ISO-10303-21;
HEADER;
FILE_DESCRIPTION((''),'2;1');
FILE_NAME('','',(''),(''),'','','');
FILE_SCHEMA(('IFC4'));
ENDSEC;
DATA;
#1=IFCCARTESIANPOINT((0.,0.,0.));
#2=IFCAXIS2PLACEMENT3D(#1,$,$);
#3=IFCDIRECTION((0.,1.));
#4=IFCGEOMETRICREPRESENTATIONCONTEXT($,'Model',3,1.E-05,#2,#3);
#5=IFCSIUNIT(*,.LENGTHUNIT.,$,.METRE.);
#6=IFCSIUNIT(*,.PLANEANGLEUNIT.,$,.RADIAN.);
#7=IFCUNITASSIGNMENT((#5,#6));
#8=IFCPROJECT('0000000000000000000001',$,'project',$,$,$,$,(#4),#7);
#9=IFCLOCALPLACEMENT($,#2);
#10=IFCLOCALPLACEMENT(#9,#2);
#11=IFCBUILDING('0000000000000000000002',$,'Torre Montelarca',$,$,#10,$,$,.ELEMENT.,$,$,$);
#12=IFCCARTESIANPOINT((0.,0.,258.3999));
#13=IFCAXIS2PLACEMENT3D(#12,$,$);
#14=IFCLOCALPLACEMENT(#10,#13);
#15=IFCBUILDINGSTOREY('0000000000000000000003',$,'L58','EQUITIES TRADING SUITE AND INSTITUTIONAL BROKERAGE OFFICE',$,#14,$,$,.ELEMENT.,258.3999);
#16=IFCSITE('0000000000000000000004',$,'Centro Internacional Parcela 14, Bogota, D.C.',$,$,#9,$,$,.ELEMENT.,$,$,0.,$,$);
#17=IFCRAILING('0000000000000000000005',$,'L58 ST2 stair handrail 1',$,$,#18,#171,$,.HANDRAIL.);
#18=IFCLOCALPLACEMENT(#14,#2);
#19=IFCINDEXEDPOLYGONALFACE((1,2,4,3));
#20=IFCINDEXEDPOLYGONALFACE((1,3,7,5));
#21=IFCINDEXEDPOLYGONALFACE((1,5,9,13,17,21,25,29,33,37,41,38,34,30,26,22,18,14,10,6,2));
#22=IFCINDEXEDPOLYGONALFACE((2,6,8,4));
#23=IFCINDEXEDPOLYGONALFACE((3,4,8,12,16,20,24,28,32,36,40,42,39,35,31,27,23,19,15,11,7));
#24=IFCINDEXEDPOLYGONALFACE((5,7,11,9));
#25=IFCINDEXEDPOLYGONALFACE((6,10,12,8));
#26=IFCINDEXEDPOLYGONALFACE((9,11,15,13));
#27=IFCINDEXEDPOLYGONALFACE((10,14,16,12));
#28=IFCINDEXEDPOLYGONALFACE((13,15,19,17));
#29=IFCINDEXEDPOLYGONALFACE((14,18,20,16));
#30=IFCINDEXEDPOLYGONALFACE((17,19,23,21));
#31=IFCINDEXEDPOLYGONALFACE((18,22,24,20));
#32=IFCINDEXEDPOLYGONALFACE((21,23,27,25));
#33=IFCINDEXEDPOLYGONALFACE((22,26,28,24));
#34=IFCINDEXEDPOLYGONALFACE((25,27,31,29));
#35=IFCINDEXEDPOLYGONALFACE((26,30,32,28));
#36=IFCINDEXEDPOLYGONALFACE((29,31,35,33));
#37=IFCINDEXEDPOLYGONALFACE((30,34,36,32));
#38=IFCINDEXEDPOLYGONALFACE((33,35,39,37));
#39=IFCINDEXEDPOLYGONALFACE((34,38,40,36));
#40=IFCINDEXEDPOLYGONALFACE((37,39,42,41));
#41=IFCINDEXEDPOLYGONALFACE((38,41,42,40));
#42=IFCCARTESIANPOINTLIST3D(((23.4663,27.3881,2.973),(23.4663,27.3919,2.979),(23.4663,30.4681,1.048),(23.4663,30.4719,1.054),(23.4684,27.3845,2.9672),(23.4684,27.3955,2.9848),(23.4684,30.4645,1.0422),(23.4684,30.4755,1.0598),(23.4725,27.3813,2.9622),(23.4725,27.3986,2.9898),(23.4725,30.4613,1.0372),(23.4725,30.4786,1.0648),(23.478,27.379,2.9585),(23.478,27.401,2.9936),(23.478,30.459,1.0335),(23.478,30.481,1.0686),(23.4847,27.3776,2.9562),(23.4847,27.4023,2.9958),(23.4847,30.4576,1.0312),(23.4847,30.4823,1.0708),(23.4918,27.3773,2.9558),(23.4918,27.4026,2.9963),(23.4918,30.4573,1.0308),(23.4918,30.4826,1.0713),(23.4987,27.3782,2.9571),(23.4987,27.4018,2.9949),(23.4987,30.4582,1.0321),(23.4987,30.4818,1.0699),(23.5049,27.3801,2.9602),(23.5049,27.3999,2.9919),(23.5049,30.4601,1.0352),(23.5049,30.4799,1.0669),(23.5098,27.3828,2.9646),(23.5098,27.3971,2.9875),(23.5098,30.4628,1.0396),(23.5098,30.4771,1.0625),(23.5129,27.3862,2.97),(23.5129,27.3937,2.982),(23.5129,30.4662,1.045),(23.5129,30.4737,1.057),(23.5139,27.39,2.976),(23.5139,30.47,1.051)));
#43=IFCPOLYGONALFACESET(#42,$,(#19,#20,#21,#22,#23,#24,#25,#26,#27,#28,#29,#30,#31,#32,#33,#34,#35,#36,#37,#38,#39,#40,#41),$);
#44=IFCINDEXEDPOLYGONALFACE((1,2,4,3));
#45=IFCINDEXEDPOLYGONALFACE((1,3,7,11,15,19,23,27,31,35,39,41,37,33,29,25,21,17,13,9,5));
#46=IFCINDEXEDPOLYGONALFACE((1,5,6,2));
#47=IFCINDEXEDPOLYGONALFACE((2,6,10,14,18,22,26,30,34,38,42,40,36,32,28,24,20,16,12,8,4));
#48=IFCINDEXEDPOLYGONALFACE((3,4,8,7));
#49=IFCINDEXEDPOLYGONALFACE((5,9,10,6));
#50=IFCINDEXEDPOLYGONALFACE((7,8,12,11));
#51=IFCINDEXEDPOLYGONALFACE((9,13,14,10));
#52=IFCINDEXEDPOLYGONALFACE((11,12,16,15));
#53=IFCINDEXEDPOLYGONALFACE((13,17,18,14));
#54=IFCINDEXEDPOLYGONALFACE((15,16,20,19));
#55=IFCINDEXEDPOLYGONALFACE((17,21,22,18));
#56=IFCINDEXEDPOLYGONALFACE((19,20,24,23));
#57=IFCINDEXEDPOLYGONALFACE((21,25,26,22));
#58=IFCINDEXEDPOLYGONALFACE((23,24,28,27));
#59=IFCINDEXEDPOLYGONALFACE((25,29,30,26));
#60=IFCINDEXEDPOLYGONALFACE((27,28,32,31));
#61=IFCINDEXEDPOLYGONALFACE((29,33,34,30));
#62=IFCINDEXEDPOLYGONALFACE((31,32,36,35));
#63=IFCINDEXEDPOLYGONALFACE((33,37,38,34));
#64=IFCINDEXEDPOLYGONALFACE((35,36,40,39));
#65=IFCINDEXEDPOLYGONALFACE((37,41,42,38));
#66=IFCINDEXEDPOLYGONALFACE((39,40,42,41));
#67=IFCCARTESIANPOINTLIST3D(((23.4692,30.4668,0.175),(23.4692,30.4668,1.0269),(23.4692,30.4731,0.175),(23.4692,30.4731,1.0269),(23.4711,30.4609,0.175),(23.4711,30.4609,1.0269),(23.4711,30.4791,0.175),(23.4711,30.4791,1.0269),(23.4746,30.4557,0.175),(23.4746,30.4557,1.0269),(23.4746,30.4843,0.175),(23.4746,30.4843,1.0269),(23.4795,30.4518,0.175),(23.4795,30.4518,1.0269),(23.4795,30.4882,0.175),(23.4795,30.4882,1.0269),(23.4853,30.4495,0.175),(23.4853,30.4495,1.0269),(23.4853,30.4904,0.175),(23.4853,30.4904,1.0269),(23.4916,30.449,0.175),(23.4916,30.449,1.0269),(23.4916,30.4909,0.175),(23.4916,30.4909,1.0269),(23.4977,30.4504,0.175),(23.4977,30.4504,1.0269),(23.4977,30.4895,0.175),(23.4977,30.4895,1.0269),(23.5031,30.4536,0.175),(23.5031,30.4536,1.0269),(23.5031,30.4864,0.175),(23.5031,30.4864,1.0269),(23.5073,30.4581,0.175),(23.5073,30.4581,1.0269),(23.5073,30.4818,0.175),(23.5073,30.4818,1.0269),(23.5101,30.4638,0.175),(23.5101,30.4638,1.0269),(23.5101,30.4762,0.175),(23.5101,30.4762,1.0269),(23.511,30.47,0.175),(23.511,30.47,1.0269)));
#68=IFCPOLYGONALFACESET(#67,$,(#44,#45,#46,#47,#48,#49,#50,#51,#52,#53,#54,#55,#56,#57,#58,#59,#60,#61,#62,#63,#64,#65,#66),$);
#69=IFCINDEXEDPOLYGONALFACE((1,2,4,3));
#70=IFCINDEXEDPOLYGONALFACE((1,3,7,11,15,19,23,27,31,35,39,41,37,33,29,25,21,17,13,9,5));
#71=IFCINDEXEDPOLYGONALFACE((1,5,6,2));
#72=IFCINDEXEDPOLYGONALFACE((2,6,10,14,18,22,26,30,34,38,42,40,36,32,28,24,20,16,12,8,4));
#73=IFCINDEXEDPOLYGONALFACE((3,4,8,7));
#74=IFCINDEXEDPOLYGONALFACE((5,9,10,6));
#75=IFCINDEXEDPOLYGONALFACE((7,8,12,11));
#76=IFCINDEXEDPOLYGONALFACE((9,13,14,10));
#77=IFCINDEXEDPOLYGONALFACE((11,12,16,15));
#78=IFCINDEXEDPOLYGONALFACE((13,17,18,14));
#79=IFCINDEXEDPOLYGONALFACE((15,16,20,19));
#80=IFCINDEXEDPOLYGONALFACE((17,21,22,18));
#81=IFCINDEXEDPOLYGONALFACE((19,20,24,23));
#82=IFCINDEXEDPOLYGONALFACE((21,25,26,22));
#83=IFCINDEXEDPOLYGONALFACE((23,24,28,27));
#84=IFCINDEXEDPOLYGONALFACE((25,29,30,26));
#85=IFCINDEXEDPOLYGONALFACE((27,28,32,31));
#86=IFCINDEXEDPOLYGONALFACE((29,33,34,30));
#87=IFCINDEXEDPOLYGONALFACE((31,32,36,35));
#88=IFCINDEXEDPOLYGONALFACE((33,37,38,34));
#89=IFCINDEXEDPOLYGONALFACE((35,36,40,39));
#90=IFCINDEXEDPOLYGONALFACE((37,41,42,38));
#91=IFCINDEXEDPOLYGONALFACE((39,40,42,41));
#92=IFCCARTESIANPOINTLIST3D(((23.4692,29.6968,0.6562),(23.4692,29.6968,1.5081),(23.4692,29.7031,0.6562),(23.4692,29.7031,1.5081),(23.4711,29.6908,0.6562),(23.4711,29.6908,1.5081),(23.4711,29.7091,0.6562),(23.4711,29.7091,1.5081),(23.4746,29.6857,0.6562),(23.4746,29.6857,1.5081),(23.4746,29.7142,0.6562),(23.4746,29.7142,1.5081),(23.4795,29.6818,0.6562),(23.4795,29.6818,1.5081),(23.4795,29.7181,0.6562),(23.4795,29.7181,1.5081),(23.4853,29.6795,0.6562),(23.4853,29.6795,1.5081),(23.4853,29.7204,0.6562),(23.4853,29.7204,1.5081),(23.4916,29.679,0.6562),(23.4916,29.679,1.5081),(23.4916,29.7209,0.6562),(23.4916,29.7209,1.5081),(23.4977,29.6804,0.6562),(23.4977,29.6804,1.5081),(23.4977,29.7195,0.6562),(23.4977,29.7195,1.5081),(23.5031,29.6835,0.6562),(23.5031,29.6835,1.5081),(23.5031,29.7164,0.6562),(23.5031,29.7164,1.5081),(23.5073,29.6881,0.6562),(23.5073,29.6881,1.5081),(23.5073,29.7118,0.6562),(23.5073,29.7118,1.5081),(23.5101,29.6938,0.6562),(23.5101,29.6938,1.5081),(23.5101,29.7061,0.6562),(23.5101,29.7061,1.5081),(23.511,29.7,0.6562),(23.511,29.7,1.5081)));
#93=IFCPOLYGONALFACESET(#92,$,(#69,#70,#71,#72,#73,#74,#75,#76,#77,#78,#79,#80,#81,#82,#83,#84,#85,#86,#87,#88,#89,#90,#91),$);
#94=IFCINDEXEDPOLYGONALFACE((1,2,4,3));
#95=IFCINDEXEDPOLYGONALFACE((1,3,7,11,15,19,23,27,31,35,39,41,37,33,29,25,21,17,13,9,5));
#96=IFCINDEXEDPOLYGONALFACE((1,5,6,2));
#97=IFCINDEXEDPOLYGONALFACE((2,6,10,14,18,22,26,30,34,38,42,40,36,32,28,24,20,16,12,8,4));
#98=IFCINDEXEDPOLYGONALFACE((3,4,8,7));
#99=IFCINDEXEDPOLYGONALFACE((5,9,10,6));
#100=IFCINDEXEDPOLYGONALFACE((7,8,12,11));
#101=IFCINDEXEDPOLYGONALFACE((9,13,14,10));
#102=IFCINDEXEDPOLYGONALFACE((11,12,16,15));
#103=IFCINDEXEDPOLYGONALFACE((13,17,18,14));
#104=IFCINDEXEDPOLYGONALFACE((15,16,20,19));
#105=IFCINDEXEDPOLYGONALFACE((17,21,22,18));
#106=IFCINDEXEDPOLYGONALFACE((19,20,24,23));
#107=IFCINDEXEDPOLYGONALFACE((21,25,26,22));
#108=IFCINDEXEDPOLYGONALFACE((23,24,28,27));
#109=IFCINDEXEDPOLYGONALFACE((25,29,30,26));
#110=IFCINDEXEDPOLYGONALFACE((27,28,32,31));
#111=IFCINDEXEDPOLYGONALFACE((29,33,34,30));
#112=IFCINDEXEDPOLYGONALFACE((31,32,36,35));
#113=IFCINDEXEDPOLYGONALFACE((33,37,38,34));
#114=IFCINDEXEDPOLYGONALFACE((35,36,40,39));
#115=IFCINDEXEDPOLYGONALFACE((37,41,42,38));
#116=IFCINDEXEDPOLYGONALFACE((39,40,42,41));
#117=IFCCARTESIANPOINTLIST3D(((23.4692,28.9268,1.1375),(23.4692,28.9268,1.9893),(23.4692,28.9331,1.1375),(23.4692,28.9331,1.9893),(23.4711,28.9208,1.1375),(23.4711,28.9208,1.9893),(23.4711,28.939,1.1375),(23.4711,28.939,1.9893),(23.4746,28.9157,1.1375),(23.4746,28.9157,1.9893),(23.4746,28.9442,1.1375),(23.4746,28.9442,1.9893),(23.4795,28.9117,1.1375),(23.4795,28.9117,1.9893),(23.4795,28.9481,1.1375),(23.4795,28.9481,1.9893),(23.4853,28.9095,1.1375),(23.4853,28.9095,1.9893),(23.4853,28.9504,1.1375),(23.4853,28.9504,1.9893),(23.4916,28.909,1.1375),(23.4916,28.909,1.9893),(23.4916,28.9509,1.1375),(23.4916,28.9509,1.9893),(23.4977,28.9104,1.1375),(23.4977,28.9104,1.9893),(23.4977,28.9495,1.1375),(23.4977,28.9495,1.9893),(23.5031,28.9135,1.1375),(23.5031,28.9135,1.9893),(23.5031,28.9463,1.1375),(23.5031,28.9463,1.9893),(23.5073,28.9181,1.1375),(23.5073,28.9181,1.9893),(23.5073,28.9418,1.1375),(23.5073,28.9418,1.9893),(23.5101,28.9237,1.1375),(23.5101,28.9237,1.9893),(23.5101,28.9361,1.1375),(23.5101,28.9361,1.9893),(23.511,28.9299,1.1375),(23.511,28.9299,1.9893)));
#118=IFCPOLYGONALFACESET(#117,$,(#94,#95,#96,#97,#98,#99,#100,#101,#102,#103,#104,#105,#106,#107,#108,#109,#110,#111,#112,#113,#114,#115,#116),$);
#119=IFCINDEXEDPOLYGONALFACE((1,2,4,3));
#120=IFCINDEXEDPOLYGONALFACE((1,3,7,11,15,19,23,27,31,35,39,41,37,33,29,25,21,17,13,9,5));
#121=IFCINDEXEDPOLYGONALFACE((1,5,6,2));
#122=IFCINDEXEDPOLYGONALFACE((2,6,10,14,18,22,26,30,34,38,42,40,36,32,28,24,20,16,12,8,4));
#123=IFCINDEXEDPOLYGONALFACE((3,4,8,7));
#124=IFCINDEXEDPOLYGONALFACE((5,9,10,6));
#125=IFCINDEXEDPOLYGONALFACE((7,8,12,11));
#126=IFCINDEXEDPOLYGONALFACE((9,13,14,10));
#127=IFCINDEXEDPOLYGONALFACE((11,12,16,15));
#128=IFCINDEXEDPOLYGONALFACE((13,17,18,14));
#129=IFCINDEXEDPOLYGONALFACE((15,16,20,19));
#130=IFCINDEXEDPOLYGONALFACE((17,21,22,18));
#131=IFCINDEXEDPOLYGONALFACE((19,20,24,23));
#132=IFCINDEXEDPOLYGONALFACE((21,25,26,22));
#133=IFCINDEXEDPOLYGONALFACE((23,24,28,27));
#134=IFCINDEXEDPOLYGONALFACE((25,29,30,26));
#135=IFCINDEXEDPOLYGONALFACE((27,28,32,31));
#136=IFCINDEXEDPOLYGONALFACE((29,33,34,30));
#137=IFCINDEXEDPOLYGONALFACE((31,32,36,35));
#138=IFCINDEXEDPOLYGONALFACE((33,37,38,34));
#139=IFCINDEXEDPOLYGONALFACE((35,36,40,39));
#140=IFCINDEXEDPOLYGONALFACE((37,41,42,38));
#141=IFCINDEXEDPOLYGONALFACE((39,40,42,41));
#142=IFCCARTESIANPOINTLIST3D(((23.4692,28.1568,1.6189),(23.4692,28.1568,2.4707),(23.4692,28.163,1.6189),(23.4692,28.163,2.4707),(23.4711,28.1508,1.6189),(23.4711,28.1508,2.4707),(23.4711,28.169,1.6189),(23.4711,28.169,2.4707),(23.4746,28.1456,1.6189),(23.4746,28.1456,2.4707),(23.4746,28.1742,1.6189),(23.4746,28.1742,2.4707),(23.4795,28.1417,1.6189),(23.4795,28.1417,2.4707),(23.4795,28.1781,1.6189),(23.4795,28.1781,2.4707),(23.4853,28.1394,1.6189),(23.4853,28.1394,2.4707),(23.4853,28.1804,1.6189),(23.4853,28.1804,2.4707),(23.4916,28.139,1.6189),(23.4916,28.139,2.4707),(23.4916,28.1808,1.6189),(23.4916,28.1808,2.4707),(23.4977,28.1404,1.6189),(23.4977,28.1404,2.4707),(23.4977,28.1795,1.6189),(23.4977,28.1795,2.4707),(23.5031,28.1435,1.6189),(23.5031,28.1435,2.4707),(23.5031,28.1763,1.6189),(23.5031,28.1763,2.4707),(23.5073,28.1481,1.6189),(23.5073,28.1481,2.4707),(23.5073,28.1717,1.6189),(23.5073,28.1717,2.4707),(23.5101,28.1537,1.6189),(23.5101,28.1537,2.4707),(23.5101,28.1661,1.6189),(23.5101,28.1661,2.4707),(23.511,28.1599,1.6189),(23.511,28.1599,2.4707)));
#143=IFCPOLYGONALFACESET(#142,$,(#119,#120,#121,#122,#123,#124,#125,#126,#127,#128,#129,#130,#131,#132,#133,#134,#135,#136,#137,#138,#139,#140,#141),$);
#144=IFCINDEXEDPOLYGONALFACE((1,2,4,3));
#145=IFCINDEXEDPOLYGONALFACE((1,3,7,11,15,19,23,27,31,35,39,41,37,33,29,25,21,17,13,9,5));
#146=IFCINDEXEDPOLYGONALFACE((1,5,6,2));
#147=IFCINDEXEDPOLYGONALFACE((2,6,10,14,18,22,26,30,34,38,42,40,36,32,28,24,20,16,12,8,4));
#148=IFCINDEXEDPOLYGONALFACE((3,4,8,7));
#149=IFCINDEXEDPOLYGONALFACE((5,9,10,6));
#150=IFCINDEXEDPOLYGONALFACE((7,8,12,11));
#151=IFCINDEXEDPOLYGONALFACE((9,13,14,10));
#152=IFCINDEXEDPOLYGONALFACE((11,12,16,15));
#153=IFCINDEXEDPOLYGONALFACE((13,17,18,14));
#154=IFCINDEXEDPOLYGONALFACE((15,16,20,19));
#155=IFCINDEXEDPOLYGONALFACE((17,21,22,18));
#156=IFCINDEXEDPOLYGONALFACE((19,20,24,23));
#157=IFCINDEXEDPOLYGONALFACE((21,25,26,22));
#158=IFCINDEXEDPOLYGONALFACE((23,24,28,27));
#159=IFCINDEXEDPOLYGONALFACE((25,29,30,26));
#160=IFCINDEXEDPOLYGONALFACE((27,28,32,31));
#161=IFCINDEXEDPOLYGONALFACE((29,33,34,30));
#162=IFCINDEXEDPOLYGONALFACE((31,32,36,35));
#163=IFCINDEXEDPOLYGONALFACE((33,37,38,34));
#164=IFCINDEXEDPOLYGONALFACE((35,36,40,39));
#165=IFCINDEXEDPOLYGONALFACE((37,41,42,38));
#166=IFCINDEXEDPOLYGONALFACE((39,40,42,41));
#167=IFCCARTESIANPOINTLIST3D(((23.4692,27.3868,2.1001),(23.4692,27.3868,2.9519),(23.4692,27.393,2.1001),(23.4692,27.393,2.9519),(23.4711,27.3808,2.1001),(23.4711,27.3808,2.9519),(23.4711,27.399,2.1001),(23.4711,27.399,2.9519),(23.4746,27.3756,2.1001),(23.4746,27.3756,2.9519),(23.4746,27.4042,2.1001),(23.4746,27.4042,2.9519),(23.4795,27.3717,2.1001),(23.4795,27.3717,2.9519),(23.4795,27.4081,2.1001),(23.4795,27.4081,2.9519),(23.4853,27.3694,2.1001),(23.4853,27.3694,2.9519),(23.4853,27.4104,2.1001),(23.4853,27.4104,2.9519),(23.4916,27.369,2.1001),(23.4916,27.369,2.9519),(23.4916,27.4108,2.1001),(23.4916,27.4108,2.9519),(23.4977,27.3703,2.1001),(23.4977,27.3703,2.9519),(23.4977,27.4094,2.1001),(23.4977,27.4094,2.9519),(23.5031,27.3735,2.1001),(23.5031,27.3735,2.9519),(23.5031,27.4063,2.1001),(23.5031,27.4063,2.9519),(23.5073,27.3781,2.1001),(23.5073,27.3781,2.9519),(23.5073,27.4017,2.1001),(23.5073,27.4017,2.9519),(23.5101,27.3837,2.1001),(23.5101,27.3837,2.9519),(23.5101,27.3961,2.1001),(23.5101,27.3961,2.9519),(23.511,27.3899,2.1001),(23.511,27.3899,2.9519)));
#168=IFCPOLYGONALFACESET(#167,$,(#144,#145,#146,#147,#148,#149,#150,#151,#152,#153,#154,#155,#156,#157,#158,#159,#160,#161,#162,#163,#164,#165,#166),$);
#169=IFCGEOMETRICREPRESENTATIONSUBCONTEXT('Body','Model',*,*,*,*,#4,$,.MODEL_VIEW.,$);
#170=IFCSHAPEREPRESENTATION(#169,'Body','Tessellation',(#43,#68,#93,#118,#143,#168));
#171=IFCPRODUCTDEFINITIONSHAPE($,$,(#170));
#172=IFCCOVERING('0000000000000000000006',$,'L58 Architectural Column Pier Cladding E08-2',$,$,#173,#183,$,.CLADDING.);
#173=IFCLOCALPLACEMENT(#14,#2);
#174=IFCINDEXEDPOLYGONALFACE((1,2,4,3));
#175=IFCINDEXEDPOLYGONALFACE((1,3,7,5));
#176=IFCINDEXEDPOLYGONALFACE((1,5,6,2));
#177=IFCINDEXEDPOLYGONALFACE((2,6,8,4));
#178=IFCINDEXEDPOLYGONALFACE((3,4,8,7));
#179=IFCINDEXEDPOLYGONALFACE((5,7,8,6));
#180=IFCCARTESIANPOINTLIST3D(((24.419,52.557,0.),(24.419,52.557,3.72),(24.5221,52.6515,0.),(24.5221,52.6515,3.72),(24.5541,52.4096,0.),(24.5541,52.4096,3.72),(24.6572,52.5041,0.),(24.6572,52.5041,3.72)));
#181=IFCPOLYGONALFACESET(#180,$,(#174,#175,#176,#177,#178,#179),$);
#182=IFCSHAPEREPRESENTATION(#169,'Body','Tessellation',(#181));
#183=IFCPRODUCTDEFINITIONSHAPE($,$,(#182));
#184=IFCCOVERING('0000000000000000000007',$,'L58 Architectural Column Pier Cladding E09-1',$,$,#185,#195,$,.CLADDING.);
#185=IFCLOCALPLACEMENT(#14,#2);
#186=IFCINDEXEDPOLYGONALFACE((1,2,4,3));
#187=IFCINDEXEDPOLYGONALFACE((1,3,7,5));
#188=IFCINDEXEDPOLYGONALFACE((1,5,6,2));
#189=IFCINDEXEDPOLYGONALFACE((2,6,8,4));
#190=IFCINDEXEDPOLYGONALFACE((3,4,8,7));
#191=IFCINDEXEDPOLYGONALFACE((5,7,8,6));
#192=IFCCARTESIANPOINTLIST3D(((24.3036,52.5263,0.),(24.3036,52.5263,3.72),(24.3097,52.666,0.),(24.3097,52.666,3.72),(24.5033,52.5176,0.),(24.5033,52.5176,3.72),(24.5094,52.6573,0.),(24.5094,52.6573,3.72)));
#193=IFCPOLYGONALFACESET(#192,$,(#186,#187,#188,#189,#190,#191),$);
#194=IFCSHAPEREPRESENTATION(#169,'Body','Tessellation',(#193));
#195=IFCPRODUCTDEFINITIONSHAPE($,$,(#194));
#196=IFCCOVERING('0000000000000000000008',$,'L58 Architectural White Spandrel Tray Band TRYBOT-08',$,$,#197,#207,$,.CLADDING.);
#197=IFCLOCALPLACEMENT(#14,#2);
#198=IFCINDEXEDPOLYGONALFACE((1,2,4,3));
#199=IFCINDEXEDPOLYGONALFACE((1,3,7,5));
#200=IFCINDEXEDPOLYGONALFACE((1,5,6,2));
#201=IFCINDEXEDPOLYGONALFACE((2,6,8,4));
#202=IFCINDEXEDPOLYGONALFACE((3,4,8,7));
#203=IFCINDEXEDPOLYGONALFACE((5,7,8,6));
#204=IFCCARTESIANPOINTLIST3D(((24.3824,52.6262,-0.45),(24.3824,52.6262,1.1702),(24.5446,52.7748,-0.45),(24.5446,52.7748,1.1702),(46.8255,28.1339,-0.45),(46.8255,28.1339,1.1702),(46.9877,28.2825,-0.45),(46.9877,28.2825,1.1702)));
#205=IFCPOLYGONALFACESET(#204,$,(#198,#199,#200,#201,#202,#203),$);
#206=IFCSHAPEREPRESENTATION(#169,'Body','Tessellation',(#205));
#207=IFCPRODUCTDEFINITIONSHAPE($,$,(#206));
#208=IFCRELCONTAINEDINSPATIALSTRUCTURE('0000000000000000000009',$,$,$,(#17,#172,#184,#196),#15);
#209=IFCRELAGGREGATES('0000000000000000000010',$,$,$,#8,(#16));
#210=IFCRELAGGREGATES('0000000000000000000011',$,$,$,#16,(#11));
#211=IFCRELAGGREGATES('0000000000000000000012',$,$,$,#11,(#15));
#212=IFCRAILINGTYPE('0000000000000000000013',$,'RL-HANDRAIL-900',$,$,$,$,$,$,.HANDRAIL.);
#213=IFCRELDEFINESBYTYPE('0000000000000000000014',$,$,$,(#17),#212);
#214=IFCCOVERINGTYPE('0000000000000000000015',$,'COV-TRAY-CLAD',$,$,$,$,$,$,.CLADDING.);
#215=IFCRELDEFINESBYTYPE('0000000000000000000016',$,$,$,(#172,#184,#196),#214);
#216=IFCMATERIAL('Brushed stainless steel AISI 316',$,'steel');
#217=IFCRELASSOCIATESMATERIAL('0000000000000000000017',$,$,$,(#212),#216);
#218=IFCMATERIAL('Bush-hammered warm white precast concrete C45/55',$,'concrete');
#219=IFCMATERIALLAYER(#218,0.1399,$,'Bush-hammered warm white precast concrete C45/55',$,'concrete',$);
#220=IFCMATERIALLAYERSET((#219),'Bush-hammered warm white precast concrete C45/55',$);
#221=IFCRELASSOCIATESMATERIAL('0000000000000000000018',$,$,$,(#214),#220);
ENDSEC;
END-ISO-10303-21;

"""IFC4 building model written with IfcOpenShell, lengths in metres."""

from ifc_helpers import new_model, si_unit, direction, frame, origin, origin_2d, place, context, subcontext, project, spatial, rectangle, circle, extrude, source, transform, mapped, material, layer, layer_set, type_object, element, save


model = new_model("IFC4")

# Units and contexts
model_context = context("Model", 3, precision=1e-05, world=origin(), true_north=direction((0.0, 1.0)))
body_context = subcontext(model_context, "Body", "Model", "MODEL_VIEW")
ifc_project = project(units=[si_unit("LENGTHUNIT", "METRE"), si_unit("PLANEANGLEUNIT", "RADIAN")], contexts=[model_context])

# Site, building, storey
site_placement = place(None, origin())
site = spatial("IfcSite", under=ifc_project, at=site_placement, Name="Centro Internacional Parcela 14, Bogota, D.C.", CompositionType="ELEMENT", RefElevation=0.0)
building_placement = place(site_placement, origin())
building = spatial("IfcBuilding", under=site, at=building_placement, Name="Torre Montelarca", CompositionType="ELEMENT")
storey_placement = place(building_placement, frame((0.0, 0.0, 258.3999)))
storey = spatial("IfcBuildingStorey", under=building, at=storey_placement, Name="L58", Description="EQUITIES TRADING SUITE AND INSTITUTIONAL BROKERAGE OFFICE", CompositionType="ELEMENT", Elevation=258.3999)

# Railing
ifc_material_1 = material(Name="Brushed stainless steel AISI 316", Category="steel")
railing_type_1 = type_object("IfcRailingType", Name="RL-HANDRAIL-900", PredefinedType="HANDRAIL", material=ifc_material_1)
railing_1_placement = place(storey_placement, frame((23.49, 30.47, 0.175)))
element("IfcRailing", 1, at=railing_1_placement, inside=storey, type_object=railing_type_1, Name="L58 ST2 stair handrail 1", PredefinedType="HANDRAIL", context=body_context, shape_type="SweptSolid", body=[
    extrude(circle(Radius=0.0239, at=origin_2d()), frame((0.0, 0.0, 0.876), z_axis=(0.0, -0.847998, 0.529999), x_axis=(1.0, 0.0, 0.0)), (0.0, 0.0, 1.0), 3.6321),
    extrude(circle(Radius=0.021, at=origin_2d()), origin(), (0.0, 0.0, 1.0), 0.8518),
    extrude(circle(Radius=0.021, at=origin_2d()), frame((0.0, -0.77, 0.4812)), (0.0, 0.0, 1.0), 0.8518),
    extrude(circle(Radius=0.021, at=origin_2d()), frame((0.0, -1.54, 0.9624)), (0.0, 0.0, 1.0), 0.8518),
    extrude(circle(Radius=0.021, at=origin_2d()), frame((0.0, -2.3101, 1.4438)), (0.0, 0.0, 1.0), 0.8518),
    extrude(circle(Radius=0.021, at=origin_2d()), frame((0.0, -3.0801, 1.925)), (0.0, 0.0, 1.0), 0.8518),
])

# Coverings
ifc_material_2 = material(Name="Bush-hammered warm white precast concrete C45/55", Category="concrete")
ifc_layer_1 = layer(ifc_material_2, 0.1399, Name="Bush-hammered warm white precast concrete C45/55", Category="concrete")
ifc_layer_set_1 = layer_set([ifc_layer_1], Name="Bush-hammered warm white precast concrete C45/55")
covering_type = type_object("IfcCoveringType", Name="COV-TRAY-CLAD", PredefinedType="CLADDING", material=ifc_layer_set_1)
shared_shape_1 = source(origin(), body_context, "Body", "SweptSolid", [
    extrude(rectangle(XDim=0.2, YDim=0.1399, at=origin_2d()), origin(), (0.0, 0.0, 1.0), 3.72),
])
for number, where, z_axis, x_axis, name in (
    (2, (24.5381, 52.5305, 0.0), (0.0, 0.0, 1.0), (-0.675589, 0.737279, 0.0), "L58 Architectural Column Pier Cladding E08-2"),
    (3, (24.4065, 52.5918, 0.0), (0.0, 0.0, 1.0), (-0.999048, 0.043628, 0.0), "L58 Architectural Column Pier Cladding E09-1"),
):
    element("IfcCovering", number, at=place(storey_placement, frame(where, z_axis=z_axis, x_axis=x_axis)), inside=storey, type_object=covering_type, Name=name, PredefinedType="CLADDING", context=body_context, shape_type="MappedRepresentation", body=[
        mapped(shared_shape_1, transform((0.0, 0.0, 0.0), scale=1.0)),
    ])
shared_shape_2 = source(origin(), body_context, "Body", "SweptSolid", [
    extrude(rectangle(XDim=33.22, YDim=0.22, at=origin_2d()), origin(), (0.0, 0.0, 1.0), 1.6201),
])
covering_placement = place(storey_placement, frame((35.6851, 40.4543, -0.45), z_axis=(0.0, 0.0, 1.0), x_axis=(-0.675589, 0.737279, 0.0)))
element("IfcCovering", 4, at=covering_placement, inside=storey, type_object=covering_type, Name="L58 Architectural White Spandrel Tray Band TRYBOT-08", PredefinedType="CLADDING", context=body_context, shape_type="MappedRepresentation", body=[
    mapped(shared_shape_2, transform((0.0, 0.0, 0.0), scale=1.0)),
])

save(model, "model.ifc")
